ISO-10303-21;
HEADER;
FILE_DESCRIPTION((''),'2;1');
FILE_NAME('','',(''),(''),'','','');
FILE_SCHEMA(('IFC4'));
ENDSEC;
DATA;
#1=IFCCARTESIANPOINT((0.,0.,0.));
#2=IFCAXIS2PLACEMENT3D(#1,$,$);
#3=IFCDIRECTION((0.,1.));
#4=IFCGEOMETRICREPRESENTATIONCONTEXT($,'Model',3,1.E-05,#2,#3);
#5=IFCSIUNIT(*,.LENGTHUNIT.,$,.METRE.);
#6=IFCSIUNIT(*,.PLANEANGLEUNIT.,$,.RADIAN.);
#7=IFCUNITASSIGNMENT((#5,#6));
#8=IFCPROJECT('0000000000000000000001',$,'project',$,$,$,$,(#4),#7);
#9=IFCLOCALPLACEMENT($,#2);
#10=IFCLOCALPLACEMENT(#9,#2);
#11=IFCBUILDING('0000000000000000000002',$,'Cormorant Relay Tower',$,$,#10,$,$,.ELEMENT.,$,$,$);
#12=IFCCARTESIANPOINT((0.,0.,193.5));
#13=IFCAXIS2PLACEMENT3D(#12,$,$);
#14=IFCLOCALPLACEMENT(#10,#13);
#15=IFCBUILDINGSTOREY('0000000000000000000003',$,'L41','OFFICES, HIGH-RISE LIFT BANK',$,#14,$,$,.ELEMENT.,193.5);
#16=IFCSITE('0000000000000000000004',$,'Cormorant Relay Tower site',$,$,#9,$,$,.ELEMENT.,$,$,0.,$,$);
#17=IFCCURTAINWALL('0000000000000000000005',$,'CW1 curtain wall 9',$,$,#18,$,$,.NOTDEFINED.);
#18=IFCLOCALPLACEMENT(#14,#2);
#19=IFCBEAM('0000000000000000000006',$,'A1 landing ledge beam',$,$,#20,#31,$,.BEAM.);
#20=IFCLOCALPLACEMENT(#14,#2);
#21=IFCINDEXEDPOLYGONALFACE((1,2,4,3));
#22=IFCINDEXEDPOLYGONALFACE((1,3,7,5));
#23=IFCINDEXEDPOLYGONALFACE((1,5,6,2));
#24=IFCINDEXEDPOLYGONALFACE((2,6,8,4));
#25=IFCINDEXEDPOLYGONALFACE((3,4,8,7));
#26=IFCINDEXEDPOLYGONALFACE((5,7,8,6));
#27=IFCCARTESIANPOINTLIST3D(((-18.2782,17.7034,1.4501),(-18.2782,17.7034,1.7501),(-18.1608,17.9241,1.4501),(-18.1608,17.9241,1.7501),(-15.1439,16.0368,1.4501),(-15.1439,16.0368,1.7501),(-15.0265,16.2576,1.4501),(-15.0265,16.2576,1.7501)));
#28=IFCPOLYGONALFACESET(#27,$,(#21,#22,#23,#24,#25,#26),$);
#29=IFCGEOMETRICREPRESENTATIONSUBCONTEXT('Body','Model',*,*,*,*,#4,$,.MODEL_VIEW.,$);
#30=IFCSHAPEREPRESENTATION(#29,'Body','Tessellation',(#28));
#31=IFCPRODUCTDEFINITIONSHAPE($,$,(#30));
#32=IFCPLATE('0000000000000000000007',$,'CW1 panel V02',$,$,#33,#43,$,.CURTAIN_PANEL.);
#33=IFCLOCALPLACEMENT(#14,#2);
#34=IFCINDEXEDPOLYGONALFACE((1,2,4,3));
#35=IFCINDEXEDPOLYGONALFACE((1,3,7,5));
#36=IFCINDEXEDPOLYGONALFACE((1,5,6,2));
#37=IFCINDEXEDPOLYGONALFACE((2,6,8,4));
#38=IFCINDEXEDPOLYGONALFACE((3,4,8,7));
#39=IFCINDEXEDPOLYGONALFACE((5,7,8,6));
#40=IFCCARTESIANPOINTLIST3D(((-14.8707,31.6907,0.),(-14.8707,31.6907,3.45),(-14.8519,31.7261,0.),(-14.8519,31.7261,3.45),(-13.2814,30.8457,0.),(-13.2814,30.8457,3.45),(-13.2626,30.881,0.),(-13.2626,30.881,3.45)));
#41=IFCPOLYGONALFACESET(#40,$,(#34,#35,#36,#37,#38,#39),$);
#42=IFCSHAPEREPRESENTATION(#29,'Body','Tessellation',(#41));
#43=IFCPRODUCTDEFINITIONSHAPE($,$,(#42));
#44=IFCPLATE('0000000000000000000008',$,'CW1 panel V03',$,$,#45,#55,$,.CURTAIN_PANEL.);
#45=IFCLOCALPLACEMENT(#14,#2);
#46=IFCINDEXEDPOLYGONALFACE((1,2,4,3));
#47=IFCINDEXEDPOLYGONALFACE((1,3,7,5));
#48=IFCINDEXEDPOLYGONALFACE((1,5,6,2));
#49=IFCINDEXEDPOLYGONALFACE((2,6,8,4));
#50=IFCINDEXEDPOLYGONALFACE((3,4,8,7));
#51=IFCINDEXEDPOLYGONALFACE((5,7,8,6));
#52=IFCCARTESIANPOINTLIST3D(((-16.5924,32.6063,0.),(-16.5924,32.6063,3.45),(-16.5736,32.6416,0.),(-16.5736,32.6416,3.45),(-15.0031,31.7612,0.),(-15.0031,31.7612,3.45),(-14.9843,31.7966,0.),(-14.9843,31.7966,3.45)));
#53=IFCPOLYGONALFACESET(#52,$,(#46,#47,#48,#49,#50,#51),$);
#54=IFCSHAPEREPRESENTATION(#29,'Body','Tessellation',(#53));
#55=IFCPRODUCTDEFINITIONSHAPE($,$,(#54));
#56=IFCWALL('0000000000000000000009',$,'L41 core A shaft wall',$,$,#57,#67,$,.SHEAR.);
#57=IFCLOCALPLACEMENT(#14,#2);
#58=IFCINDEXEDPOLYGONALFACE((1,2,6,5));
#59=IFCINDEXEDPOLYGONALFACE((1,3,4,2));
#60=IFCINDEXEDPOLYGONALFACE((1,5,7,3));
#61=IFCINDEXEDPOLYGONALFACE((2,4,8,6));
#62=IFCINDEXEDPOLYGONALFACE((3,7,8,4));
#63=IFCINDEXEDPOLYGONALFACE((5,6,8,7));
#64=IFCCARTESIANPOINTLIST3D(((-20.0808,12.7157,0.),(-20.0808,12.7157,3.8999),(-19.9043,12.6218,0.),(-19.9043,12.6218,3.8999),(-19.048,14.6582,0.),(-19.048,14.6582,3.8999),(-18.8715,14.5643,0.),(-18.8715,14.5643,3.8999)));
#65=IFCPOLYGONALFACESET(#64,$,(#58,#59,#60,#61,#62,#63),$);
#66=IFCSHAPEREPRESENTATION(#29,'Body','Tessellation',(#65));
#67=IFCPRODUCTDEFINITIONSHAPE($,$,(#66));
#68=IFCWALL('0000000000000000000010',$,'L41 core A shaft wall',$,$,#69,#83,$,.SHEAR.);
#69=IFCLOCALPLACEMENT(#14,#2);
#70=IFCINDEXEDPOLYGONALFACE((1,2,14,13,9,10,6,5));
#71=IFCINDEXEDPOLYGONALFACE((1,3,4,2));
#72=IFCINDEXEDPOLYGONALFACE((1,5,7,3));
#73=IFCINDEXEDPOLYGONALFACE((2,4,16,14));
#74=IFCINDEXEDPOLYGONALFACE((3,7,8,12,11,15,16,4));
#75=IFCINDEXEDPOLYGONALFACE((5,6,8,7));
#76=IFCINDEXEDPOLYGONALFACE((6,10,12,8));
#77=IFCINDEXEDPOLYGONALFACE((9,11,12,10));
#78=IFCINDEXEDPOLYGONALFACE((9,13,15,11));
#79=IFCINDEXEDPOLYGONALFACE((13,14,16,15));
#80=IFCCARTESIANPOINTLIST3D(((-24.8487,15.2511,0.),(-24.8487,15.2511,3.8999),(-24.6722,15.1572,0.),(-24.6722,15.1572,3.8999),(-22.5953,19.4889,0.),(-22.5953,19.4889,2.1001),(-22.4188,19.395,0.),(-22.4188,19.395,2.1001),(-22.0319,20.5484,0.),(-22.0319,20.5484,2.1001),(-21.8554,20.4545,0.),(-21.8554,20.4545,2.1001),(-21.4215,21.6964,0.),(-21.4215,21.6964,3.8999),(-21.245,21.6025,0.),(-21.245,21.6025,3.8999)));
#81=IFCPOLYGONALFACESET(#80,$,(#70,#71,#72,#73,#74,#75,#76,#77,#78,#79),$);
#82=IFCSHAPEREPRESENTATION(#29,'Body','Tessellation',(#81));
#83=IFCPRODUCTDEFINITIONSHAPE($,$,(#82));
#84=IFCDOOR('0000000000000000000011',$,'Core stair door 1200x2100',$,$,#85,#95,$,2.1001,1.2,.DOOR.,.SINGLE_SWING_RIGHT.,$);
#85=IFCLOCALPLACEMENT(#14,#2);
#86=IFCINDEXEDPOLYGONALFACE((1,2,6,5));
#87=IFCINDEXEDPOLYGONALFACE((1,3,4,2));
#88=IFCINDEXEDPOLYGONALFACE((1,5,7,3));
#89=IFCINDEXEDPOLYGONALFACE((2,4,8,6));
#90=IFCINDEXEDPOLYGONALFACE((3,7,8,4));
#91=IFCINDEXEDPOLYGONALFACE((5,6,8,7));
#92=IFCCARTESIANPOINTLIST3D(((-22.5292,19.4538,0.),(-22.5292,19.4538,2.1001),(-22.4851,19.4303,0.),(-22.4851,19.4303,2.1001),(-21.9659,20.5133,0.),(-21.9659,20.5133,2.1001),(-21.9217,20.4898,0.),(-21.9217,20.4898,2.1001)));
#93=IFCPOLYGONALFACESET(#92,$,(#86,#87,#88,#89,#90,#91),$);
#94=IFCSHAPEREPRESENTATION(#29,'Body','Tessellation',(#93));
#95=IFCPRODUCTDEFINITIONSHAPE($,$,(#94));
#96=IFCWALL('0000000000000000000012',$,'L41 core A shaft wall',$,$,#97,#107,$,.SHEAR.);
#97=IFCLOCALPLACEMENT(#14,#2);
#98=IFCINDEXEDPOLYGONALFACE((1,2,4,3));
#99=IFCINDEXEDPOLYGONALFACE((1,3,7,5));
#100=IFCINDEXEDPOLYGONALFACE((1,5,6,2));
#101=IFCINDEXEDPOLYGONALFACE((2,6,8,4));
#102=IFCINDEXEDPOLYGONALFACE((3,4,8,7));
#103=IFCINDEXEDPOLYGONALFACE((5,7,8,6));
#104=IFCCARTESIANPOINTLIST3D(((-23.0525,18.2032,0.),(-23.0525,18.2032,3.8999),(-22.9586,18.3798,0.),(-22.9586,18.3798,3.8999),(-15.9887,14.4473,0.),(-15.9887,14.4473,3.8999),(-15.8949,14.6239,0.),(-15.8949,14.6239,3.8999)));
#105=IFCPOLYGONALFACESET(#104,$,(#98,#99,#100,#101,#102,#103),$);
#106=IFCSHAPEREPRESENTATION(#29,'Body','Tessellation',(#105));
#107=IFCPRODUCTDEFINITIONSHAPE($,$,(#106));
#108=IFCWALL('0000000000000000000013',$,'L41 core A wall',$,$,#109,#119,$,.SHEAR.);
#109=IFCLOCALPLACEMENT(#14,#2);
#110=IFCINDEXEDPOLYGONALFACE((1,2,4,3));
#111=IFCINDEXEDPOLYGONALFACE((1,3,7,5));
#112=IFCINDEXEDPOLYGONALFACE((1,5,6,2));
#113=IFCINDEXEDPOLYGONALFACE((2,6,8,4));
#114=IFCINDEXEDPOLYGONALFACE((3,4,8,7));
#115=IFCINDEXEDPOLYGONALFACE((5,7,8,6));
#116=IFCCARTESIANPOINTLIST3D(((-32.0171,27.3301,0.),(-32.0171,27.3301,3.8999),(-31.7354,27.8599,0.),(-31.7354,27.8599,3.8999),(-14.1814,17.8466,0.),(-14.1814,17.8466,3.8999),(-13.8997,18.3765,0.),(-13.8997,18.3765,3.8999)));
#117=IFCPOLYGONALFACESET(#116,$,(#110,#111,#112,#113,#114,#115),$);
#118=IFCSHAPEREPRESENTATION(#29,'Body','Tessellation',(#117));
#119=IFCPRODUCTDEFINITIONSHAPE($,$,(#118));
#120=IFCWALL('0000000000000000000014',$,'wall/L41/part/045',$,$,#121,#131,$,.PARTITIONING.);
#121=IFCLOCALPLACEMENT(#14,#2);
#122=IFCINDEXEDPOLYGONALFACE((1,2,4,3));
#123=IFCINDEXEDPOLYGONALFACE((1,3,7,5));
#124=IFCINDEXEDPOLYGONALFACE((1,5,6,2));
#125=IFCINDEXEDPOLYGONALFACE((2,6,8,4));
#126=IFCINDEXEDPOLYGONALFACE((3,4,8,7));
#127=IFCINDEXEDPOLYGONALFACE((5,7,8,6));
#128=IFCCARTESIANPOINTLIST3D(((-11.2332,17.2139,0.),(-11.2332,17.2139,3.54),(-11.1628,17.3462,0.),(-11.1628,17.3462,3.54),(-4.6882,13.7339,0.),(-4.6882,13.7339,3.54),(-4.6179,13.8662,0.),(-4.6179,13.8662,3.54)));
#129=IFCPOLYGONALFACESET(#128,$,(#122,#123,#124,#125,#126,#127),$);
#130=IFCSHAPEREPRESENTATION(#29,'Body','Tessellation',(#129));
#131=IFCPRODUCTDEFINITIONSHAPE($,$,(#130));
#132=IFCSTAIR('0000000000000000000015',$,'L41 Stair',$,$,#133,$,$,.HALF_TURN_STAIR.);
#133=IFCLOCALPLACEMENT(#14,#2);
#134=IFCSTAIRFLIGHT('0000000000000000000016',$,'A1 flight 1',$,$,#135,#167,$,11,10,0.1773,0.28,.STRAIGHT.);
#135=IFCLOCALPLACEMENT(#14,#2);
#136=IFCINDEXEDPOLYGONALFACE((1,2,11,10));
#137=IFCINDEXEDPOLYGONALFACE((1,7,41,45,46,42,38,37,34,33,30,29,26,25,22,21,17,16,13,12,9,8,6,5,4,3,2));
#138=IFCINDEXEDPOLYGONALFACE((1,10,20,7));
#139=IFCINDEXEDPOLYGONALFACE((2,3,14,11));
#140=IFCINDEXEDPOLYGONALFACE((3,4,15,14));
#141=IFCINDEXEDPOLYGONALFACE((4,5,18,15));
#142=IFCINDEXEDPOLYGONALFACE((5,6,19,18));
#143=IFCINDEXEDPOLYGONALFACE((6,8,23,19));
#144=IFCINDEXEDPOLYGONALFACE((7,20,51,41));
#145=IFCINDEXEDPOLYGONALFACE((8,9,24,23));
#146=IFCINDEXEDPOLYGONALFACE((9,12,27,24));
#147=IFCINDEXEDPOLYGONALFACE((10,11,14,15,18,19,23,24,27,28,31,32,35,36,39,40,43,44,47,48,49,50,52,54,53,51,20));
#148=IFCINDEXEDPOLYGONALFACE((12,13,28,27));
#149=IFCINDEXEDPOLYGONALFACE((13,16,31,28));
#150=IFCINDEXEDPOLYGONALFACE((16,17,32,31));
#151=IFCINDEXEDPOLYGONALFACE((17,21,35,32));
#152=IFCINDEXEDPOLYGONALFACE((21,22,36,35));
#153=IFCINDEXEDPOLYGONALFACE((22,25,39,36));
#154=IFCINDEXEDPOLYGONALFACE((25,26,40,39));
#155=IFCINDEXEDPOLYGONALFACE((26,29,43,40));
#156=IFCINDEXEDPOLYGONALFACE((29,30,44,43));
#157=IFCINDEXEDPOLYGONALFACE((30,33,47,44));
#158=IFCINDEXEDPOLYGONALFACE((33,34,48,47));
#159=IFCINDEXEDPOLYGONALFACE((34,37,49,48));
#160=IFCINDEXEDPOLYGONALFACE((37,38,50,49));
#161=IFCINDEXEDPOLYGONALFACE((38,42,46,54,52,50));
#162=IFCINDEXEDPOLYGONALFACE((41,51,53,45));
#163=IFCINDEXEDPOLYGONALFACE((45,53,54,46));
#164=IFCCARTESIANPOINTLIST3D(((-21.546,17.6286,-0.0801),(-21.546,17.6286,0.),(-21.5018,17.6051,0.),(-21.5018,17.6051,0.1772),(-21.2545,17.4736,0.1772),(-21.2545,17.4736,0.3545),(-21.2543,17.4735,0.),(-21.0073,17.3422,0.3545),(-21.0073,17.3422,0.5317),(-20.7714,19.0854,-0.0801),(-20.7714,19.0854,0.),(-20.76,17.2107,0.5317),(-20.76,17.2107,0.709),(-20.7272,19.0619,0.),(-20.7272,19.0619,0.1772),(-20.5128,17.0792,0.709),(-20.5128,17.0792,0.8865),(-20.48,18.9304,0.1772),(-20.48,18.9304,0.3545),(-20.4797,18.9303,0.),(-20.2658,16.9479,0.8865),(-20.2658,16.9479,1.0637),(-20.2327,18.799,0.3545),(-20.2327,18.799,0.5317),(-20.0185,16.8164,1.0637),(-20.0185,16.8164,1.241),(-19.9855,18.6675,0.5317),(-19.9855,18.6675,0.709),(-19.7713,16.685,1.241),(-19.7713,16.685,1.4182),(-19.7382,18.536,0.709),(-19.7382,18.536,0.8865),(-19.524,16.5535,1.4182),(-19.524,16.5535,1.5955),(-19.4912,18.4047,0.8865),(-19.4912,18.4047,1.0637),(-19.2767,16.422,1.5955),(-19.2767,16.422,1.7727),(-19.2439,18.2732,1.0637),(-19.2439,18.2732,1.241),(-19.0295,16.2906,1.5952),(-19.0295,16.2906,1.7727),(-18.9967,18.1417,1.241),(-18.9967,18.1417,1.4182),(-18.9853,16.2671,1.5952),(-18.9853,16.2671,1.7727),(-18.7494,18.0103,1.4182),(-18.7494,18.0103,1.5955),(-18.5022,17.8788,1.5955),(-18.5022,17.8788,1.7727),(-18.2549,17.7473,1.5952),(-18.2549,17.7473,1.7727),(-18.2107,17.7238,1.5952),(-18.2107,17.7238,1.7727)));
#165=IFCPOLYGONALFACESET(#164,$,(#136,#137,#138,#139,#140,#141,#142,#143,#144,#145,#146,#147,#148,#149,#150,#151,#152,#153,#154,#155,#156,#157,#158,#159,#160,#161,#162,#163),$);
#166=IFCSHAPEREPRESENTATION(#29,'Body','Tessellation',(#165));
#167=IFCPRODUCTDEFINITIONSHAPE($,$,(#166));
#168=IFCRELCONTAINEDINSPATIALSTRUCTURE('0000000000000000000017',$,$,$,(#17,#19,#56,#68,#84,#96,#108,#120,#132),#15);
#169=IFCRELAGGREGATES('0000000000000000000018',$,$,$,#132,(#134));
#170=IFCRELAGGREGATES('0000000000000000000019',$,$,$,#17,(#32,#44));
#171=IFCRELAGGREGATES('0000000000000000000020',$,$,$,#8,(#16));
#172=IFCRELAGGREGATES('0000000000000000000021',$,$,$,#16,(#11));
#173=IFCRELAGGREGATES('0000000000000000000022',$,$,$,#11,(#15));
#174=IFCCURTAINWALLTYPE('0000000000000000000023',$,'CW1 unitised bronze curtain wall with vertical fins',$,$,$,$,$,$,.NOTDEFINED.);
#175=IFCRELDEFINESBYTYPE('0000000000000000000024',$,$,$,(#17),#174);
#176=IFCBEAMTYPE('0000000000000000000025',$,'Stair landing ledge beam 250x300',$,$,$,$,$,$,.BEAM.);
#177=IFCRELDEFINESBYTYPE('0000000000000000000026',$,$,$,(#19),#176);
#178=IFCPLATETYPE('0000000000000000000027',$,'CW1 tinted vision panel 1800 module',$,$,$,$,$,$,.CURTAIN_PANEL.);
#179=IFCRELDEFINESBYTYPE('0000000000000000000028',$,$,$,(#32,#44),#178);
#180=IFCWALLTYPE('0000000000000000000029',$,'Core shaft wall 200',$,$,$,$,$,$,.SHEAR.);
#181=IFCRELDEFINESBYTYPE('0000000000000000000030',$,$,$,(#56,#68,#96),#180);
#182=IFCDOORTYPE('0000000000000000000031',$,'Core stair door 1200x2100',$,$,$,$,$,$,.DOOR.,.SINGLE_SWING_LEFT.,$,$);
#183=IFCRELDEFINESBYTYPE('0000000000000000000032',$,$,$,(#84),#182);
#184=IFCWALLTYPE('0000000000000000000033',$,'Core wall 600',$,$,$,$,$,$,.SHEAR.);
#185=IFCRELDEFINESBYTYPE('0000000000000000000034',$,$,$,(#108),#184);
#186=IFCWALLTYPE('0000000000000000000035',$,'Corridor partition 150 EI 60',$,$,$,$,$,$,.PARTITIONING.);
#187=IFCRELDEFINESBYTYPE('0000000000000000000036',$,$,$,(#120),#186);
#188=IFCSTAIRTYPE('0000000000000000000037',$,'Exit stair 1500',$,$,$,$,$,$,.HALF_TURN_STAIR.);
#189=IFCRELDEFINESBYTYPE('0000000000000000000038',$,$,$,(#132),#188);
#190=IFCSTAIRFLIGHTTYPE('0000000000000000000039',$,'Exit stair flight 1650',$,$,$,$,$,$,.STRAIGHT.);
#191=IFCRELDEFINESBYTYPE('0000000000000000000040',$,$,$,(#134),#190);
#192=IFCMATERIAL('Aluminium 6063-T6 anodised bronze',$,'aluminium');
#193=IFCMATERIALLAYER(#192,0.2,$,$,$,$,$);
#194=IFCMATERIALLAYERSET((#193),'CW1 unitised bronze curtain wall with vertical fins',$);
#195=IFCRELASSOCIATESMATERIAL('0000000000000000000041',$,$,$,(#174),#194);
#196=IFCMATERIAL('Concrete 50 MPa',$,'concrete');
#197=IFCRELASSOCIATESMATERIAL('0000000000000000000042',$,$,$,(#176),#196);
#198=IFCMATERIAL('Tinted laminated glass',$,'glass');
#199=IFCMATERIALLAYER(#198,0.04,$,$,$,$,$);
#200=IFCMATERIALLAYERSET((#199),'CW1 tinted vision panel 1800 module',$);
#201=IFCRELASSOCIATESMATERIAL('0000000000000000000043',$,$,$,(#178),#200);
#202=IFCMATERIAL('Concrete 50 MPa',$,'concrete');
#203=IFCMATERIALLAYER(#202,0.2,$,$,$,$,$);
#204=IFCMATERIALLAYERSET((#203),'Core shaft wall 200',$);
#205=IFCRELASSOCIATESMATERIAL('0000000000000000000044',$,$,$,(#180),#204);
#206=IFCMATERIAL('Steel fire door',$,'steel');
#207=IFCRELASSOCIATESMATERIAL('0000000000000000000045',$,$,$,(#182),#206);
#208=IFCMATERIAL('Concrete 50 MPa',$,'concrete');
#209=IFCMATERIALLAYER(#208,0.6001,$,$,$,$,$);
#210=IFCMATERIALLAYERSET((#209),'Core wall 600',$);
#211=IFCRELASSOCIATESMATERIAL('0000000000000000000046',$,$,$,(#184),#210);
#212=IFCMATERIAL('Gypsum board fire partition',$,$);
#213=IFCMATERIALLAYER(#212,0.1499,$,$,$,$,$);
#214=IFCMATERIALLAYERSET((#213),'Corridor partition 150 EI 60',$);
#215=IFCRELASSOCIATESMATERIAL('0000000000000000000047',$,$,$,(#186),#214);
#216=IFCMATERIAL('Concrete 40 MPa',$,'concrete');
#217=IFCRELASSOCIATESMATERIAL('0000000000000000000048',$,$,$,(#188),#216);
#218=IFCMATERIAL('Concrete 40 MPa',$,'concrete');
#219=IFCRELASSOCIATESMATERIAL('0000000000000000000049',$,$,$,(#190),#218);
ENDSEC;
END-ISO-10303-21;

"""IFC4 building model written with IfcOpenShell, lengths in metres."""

from ifc_helpers import new_model, si_unit, direction, frame, frame_2d, origin, origin_2d, place, context, subcontext, project, spatial, polyline, rectangle, outline, extrude, material, layer, layer_set, material_profile, profile_set, type_object, element, fill, aggregate, save


model = new_model("IFC4")

# Units and contexts
model_context = context("Model", 3, precision=1e-05, world=origin(), true_north=direction((0.0, 1.0)))
body_context = subcontext(model_context, "Body", "Model", "MODEL_VIEW")
ifc_project = project(units=[si_unit("LENGTHUNIT", "METRE"), si_unit("PLANEANGLEUNIT", "RADIAN")], contexts=[model_context])

# Site, building, storey
site_placement = place(None, origin())
site = spatial("IfcSite", under=ifc_project, at=site_placement, Name="Cormorant Relay Tower site", CompositionType="ELEMENT", RefElevation=0.0)
building_placement = place(site_placement, origin())
building = spatial("IfcBuilding", under=site, at=building_placement, Name="Cormorant Relay Tower", CompositionType="ELEMENT")
storey_placement = place(building_placement, frame((0.0, 0.0, 193.5)))
storey = spatial("IfcBuildingStorey", under=building, at=storey_placement, Name="L41", Description="OFFICES, HIGH-RISE LIFT BANK", CompositionType="ELEMENT", Elevation=193.5)

# Curtain wall
ifc_material_1 = material(Name="Aluminium 6063-T6 anodised bronze", Category="aluminium")
ifc_layer_1 = layer(ifc_material_1, 0.2)
ifc_layer_set_1 = layer_set([ifc_layer_1], Name="CW1 unitised bronze curtain wall with vertical fins")
curtain_wall_type = type_object("IfcCurtainWallType", Name="CW1 unitised bronze curtain wall with vertical fins", PredefinedType="NOTDEFINED", material=ifc_layer_set_1)
curtain_wall_placement = place(storey_placement, origin())
curtain_wall = element("IfcCurtainWall", 1, at=curtain_wall_placement, inside=storey, type_object=curtain_wall_type, Name="CW1 curtain wall 9", PredefinedType="NOTDEFINED")

# Beam
ifc_material_2 = material(Name="Concrete 50 MPa", Category="concrete")
ifc_material_profile_1 = material_profile(ifc_material_2, rectangle(XDim=0.25, YDim=0.3, at=origin_2d()), Name="RC 250x300")
ifc_profile_set_1 = profile_set([ifc_material_profile_1], Name="Concrete 50 MPa")
beam_type_1 = type_object("IfcBeamType", Name="Stair landing ledge beam 250x300", PredefinedType="BEAM", material=ifc_profile_set_1)
beam_1_placement = place(storey_placement, frame((-18.2195, 17.8137, 1.6001), z_axis=(0.88295, -0.469467, 0.0), x_axis=(0.469467, 0.88295, 0.0)))
element("IfcBeam", 2, at=beam_1_placement, inside=storey, type_object=beam_type_1, Name="A1 landing ledge beam", PredefinedType="BEAM", context=body_context, shape_type="SweptSolid", body=[
    extrude(rectangle(XDim=0.25, YDim=0.3, at=origin_2d()), origin(), (0.0, 0.0, 1.0), 3.5498),
])

# Plates
ifc_material_3 = material(Name="Tinted laminated glass", Category="glass")
ifc_layer_2 = layer(ifc_material_3, 0.04)
ifc_layer_set_2 = layer_set([ifc_layer_2], Name="CW1 tinted vision panel 1800 module")
plate_type = type_object("IfcPlateType", Name="CW1 tinted vision panel 1800 module", PredefinedType="CURTAIN_PANEL", material=ifc_layer_set_2)
plate_1_placement = place(storey_placement, frame((-14.0667, 31.2859, 0.0), z_axis=(0.0, 0.0, 1.0), x_axis=(-0.882948, 0.469472, 0.0)))
plate_1 = element("IfcPlate", 3, at=plate_1_placement, type_object=plate_type, Name="CW1 panel V02", PredefinedType="CURTAIN_PANEL", context=body_context, shape_type="SweptSolid", body=[
    extrude(rectangle(XDim=1.8, YDim=0.04, at=origin_2d()), origin(), (0.0, 0.0, 1.0), 3.45),
])
plate_2_placement = place(storey_placement, frame((-15.7883, 32.2014, 0.0), z_axis=(0.0, 0.0, 1.0), x_axis=(-0.882948, 0.469472, 0.0)))
plate_2 = element("IfcPlate", 4, at=plate_2_placement, type_object=plate_type, Name="CW1 panel V03", PredefinedType="CURTAIN_PANEL", context=body_context, shape_type="SweptSolid", body=[
    extrude(rectangle(XDim=1.8, YDim=0.04, at=origin_2d()), origin(), (0.0, 0.0, 1.0), 3.45),
])

# Wall
ifc_material_4 = material(Name="Concrete 50 MPa", Category="concrete")
ifc_layer_3 = layer(ifc_material_4, 0.2)
ifc_layer_set_3 = layer_set([ifc_layer_3], Name="Core shaft wall 200")
wall_type_1 = type_object("IfcWallType", Name="Core shaft wall 200", PredefinedType="SHEAR", material=ifc_layer_set_3)
wall_1_placement = place(storey_placement, frame((-18.9597, 14.6113, 0.0), z_axis=(0.0, 0.0, 1.0), x_axis=(-0.469447, -0.88296, 0.0)))
element("IfcWall", 5, at=wall_1_placement, inside=storey, type_object=wall_type_1, Name="L41 core A shaft wall", PredefinedType="SHEAR", context=body_context, shape_type="SweptSolid", body=[
    extrude(rectangle(XDim=2.2, YDim=0.2, at=frame_2d((1.1001, 0.0))), origin(), (0.0, 0.0, 1.0), 3.8999),
])

# Wall, opening, door
wall_2_placement = place(storey_placement, frame((-21.3333, 21.6494, 0.0), z_axis=(0.0, 0.0, 1.0), x_axis=(-0.469494, -0.882936, 0.0)))
wall_2 = element("IfcWall", 6, at=wall_2_placement, inside=storey, type_object=wall_type_1, Name="L41 core A shaft wall", PredefinedType="SHEAR", context=body_context, shape_type="SweptSolid", body=[
    extrude(rectangle(XDim=7.2998, YDim=0.2, at=frame_2d((3.6499, 0.0))), origin(), (0.0, 0.0, 1.0), 3.8999),
])
opening_1_placement = place(wall_2_placement, frame((1.3, 0.0, 0.0)))
opening_1 = element("IfcOpeningElement", 7, at=opening_1_placement, cuts=wall_2, PredefinedType="OPENING", context=body_context, shape_type="SweptSolid", body=[
    extrude(rectangle(XDim=1.2, YDim=2.1001, at=frame_2d((0.6001, 1.05))), frame((0.0, 0.1099, 0.0), z_axis=(0.0, -1.0, 0.0), x_axis=(1.0, 0.0, 0.0)), (0.0, 0.0, 1.0), 0.22),
])
ifc_material_5 = material(Name="Steel fire door", Category="steel")
door_type_1 = type_object("IfcDoorType", Name="Core stair door 1200x2100", OperationType="SINGLE_SWING_LEFT", PredefinedType="DOOR", material=ifc_material_5)
door_1_placement = place(opening_1_placement, origin())
door_1 = element("IfcDoor", 8, at=door_1_placement, inside=storey, type_object=door_type_1, Name="Core stair door 1200x2100", OperationType="SINGLE_SWING_RIGHT", OverallHeight=2.1001, OverallWidth=1.2, PredefinedType="DOOR", context=body_context, shape_type="SweptSolid", body=[
    extrude(rectangle(XDim=1.2, YDim=2.1001, at=frame_2d((0.6001, 1.05))), frame((0.0, 0.0249, 0.0), z_axis=(0.0, -1.0, 0.0), x_axis=(1.0, 0.0, 0.0)), (0.0, 0.0, 1.0), 0.05),
])
fill(opening_1, door_1)

# Wall
wall_3_placement = place(storey_placement, frame((-15.9419, 14.5356, 0.0), z_axis=(0.0, 0.0, 1.0), x_axis=(-0.882947, 0.469473, 0.0)))
element("IfcWall", 9, at=wall_3_placement, inside=storey, type_object=wall_type_1, Name="L41 core A shaft wall", PredefinedType="SHEAR", context=body_context, shape_type="SweptSolid", body=[
    extrude(rectangle(XDim=8.0002, YDim=0.2, at=frame_2d((4.0, 0.0))), origin(), (0.0, 0.0, 1.0), 3.8999),
])

# Shared definitions
ifc_material_6 = material(Name="Concrete 50 MPa", Category="concrete")
ifc_layer_4 = layer(ifc_material_6, 0.6001)
ifc_layer_set_4 = layer_set([ifc_layer_4], Name="Core wall 600")
wall_type_2 = type_object("IfcWallType", Name="Core wall 600", PredefinedType="SHEAR", material=ifc_layer_set_4)

# Walls
wall_4_placement = place(storey_placement, frame((-14.0405, 18.1116, 0.0), z_axis=(0.0, 0.0, 1.0), x_axis=(-0.882948, 0.469471, 0.0)))
element("IfcWall", 10, at=wall_4_placement, inside=storey, type_object=wall_type_2, Name="L41 core A wall", PredefinedType="SHEAR", context=body_context, shape_type="SweptSolid", body=[
    extrude(rectangle(XDim=20.2002, YDim=0.6001, at=frame_2d((10.1001, 0.0))), origin(), (0.0, 0.0, 1.0), 3.8999),
])
ifc_material_7 = material(Name="Gypsum board fire partition")
ifc_layer_5 = layer(ifc_material_7, 0.1499)
ifc_layer_set_5 = layer_set([ifc_layer_5], Name="Corridor partition 150 EI 60")
wall_type_3 = type_object("IfcWallType", Name="Corridor partition 150 EI 60", PredefinedType="PARTITIONING", material=ifc_layer_set_5)
wall_5_placement = place(storey_placement, frame((-11.198, 17.28, 0.0), z_axis=(0.0, 0.0, 1.0), x_axis=(0.882948, -0.46947, 0.0)))
element("IfcWall", 11, at=wall_5_placement, inside=storey, type_object=wall_type_3, Name="wall/L41/part/045", PredefinedType="PARTITIONING", context=body_context, shape_type="SweptSolid", body=[
    extrude(rectangle(XDim=7.4126, YDim=0.1499, at=frame_2d((3.7063, 0.0))), origin(), (0.0, 0.0, 1.0), 3.54),
])

# Stair, stair flight
ifc_material_8 = material(Name="Concrete 40 MPa", Category="concrete")
stair_type = type_object("IfcStairType", Name="Exit stair 1500", PredefinedType="HALF_TURN_STAIR", material=ifc_material_8)
stair_placement = place(storey_placement, origin())
stair = element("IfcStair", 12, at=stair_placement, inside=storey, type_object=stair_type, Name="L41 Stair", PredefinedType="HALF_TURN_STAIR")
ifc_material_9 = material(Name="Concrete 40 MPa", Category="concrete")
stair_flight_type = type_object("IfcStairFlightType", Name="Exit stair flight 1650", PredefinedType="STRAIGHT", material=ifc_material_9)
stair_flight_1_placement = place(storey_placement, frame((-21.1145, 18.3335, 0.0), z_axis=(0.0, 0.0, 1.0), x_axis=(0.882948, -0.469472, 0.0)))
stair_flight_1 = element("IfcStairFlight", 13, at=stair_flight_1_placement, type_object=stair_flight_type, Name="A1 flight 1", NumberOfRisers=11, NumberOfTreads=10, PredefinedType="STRAIGHT", RiserHeight=0.1773, TreadLength=0.28, context=body_context, shape_type="SweptSolid", body=[
    extrude(outline(polyline([(-0.05, -0.0801), (-0.05, 0.0), (0.0, 0.0), (0.0, 0.1772), (0.28, 0.1772), (0.28, 0.3545), (0.5601, 0.3545), (0.5601, 0.5317), (0.8401, 0.5317), (0.8401, 0.709), (1.1201, 0.709), (1.1201, 0.8865), (1.3999, 0.8865), (1.3999, 1.0637), (1.6799, 1.0637), (1.6799, 1.241), (1.96, 1.241), (1.96, 1.4182), (2.24, 1.4182), (2.24, 1.5955), (2.52, 1.5955), (2.52, 1.7727), (2.8, 1.7727), (2.8501, 1.7727), (2.8501, 1.5952), (2.8, 1.5952), (0.2803, 0.0), (-0.05, -0.0801)])), frame((0.0, 0.825, 0.0), z_axis=(0.0, -1.0, 0.0), x_axis=(1.0, 0.0, 0.0)), (0.0, 0.0, 1.0), 1.6499),
])
aggregate(stair, [stair_flight_1])

aggregate(curtain_wall, [plate_1, plate_2])

save(model, "model.ifc")
